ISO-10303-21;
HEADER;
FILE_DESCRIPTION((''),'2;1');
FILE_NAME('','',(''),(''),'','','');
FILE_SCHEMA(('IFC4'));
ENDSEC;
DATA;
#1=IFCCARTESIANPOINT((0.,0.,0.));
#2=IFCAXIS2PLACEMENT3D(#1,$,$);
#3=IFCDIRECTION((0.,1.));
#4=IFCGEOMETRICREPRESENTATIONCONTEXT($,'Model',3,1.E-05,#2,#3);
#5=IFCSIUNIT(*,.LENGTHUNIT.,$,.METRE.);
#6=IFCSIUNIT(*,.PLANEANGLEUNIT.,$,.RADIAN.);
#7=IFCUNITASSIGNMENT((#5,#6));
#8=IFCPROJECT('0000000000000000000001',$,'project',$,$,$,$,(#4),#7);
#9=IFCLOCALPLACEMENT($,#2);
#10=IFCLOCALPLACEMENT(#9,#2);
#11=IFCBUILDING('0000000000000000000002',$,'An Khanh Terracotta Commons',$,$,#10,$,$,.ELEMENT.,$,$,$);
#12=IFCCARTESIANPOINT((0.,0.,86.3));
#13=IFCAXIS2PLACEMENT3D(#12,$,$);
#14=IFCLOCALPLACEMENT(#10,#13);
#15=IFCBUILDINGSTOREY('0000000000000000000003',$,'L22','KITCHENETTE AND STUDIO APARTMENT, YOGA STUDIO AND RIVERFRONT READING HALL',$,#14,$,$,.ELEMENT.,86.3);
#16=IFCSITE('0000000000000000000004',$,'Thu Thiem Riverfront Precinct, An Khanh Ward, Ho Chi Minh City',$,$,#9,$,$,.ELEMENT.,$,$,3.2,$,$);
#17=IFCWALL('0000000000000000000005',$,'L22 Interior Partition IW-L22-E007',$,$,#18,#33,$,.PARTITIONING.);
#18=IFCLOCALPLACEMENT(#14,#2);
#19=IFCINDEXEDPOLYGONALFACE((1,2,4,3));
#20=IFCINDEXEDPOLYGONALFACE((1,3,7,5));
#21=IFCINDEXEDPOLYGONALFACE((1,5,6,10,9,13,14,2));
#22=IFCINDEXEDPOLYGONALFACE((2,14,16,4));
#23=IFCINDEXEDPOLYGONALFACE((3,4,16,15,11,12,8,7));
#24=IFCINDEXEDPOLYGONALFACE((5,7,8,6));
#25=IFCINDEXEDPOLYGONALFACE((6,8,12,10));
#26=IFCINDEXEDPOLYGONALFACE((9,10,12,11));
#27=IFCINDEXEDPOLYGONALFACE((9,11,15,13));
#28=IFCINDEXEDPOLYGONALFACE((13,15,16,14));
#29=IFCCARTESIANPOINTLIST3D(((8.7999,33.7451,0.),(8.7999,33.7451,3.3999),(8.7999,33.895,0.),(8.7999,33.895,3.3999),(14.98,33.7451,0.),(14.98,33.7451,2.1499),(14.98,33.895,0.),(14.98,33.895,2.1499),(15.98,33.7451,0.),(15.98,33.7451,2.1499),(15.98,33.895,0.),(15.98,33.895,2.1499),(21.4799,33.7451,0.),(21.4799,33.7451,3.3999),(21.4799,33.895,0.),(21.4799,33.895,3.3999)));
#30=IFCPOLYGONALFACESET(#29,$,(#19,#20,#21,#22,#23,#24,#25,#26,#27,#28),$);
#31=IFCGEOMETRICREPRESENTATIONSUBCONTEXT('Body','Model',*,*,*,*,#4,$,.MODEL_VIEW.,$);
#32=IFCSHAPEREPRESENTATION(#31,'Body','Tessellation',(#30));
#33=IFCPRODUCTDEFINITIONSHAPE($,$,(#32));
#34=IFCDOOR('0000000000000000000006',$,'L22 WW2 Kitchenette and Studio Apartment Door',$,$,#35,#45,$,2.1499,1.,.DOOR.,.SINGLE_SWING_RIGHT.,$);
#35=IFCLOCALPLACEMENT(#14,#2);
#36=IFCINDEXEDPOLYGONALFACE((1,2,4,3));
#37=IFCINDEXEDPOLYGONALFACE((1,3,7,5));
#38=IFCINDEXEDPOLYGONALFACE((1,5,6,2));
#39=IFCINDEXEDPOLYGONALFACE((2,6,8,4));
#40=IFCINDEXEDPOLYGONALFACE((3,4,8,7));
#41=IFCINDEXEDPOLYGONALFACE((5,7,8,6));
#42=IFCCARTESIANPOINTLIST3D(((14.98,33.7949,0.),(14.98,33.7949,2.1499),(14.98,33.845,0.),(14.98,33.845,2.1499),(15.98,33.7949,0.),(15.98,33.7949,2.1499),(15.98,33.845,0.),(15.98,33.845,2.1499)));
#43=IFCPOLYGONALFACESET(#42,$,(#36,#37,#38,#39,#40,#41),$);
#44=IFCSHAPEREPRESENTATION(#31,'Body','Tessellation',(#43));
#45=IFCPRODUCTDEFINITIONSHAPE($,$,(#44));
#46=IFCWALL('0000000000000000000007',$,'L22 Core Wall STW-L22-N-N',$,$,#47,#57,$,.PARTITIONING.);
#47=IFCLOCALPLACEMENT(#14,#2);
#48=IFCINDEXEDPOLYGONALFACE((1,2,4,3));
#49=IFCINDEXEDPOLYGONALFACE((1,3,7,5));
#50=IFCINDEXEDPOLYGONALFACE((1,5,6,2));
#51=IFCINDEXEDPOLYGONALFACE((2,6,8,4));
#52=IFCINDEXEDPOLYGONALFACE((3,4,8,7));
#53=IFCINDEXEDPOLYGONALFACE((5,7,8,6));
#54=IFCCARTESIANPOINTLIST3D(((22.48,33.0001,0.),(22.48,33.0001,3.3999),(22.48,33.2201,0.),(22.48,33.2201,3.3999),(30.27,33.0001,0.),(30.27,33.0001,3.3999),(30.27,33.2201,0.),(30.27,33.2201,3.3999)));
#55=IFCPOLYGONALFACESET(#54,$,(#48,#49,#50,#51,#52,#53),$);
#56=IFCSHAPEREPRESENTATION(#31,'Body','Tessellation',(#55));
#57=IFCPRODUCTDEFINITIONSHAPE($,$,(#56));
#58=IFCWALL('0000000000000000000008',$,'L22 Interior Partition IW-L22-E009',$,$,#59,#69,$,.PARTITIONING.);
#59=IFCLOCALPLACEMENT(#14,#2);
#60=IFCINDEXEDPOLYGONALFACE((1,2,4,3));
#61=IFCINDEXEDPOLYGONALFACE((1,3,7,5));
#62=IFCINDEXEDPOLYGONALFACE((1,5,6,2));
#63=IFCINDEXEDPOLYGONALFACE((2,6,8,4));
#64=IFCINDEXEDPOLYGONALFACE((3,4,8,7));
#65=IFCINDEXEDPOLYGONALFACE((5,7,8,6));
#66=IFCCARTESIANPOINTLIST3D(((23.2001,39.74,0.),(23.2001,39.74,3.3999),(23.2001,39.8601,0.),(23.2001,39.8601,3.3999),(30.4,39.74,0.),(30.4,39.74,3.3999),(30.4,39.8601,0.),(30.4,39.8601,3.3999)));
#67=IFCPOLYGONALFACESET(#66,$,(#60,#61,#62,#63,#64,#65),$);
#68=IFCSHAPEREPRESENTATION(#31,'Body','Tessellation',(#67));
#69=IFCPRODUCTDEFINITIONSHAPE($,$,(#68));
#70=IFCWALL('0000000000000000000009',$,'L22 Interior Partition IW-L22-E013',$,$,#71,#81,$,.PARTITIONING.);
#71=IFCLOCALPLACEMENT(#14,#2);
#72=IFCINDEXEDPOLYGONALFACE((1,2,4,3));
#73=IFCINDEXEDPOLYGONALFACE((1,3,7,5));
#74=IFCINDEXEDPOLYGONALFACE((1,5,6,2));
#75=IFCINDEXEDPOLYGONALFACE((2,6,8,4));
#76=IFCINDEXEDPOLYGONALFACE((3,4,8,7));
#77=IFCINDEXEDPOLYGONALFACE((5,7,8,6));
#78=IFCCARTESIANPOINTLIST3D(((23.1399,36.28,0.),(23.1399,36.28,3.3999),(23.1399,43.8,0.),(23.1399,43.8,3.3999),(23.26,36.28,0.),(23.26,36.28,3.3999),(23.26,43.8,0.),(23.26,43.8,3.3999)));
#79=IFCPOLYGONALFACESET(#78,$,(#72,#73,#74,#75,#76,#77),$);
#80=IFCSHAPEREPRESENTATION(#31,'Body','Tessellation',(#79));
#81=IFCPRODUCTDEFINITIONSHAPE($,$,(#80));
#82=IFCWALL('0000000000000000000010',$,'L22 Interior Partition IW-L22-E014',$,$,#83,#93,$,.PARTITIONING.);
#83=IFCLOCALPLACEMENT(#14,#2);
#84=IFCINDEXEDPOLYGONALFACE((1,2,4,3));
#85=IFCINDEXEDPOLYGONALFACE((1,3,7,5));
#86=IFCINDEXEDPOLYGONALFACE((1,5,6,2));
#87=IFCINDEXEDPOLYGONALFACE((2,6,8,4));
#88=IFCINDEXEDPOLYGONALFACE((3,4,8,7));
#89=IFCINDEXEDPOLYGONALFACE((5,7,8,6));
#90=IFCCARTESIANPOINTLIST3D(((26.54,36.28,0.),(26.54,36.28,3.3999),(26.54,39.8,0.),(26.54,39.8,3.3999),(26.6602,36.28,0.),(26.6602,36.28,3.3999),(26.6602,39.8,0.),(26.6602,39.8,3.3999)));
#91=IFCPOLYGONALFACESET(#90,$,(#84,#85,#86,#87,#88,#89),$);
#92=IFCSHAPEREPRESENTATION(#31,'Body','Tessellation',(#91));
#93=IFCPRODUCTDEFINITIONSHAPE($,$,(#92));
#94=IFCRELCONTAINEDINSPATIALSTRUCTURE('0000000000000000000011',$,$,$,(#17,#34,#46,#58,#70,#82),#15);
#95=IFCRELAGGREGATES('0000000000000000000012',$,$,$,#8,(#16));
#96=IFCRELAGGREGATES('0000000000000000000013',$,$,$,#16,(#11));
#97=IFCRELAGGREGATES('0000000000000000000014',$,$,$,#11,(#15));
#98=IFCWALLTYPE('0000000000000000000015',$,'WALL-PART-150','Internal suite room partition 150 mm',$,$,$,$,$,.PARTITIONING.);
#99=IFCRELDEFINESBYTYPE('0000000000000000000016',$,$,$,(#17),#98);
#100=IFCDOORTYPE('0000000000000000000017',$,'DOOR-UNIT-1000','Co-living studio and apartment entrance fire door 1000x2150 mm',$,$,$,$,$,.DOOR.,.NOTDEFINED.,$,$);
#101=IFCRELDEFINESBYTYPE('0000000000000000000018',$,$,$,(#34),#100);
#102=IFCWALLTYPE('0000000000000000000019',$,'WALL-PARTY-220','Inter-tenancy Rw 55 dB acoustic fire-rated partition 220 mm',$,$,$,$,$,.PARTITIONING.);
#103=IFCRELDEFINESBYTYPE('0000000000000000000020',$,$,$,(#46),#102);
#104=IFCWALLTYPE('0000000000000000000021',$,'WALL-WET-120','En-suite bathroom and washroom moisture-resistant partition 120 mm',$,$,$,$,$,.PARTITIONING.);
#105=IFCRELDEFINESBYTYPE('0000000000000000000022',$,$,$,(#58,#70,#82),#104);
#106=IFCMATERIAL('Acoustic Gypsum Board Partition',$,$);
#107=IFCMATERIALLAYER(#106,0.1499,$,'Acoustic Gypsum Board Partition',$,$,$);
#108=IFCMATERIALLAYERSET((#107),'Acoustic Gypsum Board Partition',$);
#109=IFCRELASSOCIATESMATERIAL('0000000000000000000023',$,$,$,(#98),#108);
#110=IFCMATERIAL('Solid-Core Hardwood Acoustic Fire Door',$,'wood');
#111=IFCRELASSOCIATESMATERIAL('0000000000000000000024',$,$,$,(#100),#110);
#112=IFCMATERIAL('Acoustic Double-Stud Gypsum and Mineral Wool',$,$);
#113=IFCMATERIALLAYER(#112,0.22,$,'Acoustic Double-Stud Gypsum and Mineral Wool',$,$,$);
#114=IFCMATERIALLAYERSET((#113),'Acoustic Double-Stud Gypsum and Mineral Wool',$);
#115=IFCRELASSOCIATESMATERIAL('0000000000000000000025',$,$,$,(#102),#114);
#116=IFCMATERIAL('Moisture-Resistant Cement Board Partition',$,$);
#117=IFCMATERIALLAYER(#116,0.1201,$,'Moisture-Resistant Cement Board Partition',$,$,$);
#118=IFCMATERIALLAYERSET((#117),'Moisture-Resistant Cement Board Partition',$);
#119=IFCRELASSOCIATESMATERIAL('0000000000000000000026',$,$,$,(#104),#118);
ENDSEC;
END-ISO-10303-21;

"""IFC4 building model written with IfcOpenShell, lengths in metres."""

from ifc_helpers import new_model, si_unit, direction, frame, frame_2d, origin, place, context, subcontext, project, spatial, rectangle, extrude, material, layer, layer_set, type_object, element, fill, save


model = new_model("IFC4")

# Units and contexts
model_context = context("Model", 3, precision=1e-05, world=origin(), true_north=direction((0.0, 1.0)))
body_context = subcontext(model_context, "Body", "Model", "MODEL_VIEW")
ifc_project = project(units=[si_unit("LENGTHUNIT", "METRE"), si_unit("PLANEANGLEUNIT", "RADIAN")], contexts=[model_context])

# Site, building, storey
site_placement = place(None, origin())
site = spatial("IfcSite", under=ifc_project, at=site_placement, Name="Thu Thiem Riverfront Precinct, An Khanh Ward, Ho Chi Minh City", CompositionType="ELEMENT", RefElevation=3.2)
building_placement = place(site_placement, origin())
building = spatial("IfcBuilding", under=site, at=building_placement, Name="An Khanh Terracotta Commons", CompositionType="ELEMENT")
storey_placement = place(building_placement, frame((0.0, 0.0, 86.3)))
storey = spatial("IfcBuildingStorey", under=building, at=storey_placement, Name="L22", Description="KITCHENETTE AND STUDIO APARTMENT, YOGA STUDIO AND RIVERFRONT READING HALL", CompositionType="ELEMENT", Elevation=86.3)

# Wall, opening, door
ifc_material_1 = material(Name="Acoustic Gypsum Board Partition")
ifc_layer_1 = layer(ifc_material_1, 0.1499, Name="Acoustic Gypsum Board Partition")
ifc_layer_set_1 = layer_set([ifc_layer_1], Name="Acoustic Gypsum Board Partition")
wall_type_1 = type_object("IfcWallType", Name="WALL-PART-150", Description="Internal suite room partition 150 mm", PredefinedType="PARTITIONING", material=ifc_layer_set_1)
wall_1_placement = place(storey_placement, frame((8.8, 33.8201, 0.0), z_axis=(0.0, 0.0, 1.0), x_axis=(1.0, 0.0, 0.0)))
wall_1 = element("IfcWall", 1, at=wall_1_placement, inside=storey, type_object=wall_type_1, Name="L22 Interior Partition IW-L22-E007", PredefinedType="PARTITIONING", context=body_context, shape_type="SweptSolid", body=[
    extrude(rectangle(XDim=12.6799, YDim=0.1499, at=frame_2d((6.3398, 0.0))), origin(), (0.0, 0.0, 1.0), 3.3999),
])
opening_1_placement = place(wall_1_placement, frame((6.1799, 0.0, 0.0)))
opening_1 = element("IfcOpeningElement", 2, at=opening_1_placement, cuts=wall_1, PredefinedType="OPENING", context=body_context, shape_type="SweptSolid", body=[
    extrude(rectangle(XDim=1.0, YDim=2.1499, at=frame_2d((0.5, 1.075))), frame((0.0, 0.085, 0.0), z_axis=(0.0, -1.0, 0.0), x_axis=(1.0, 0.0, 0.0)), (0.0, 0.0, 1.0), 0.1699),
])
ifc_material_2 = material(Name="Solid-Core Hardwood Acoustic Fire Door", Category="wood")
door_type_1 = type_object("IfcDoorType", Name="DOOR-UNIT-1000", Description="Co-living studio and apartment entrance fire door 1000x2150 mm", OperationType="NOTDEFINED", PredefinedType="DOOR", material=ifc_material_2)
door_1_placement = place(opening_1_placement, origin())
door_1 = element("IfcDoor", 3, at=door_1_placement, inside=storey, type_object=door_type_1, Name="L22 WW2 Kitchenette and Studio Apartment Door", OperationType="SINGLE_SWING_RIGHT", OverallHeight=2.1499, OverallWidth=1.0, PredefinedType="DOOR", context=body_context, shape_type="SweptSolid", body=[
    extrude(rectangle(XDim=1.0, YDim=2.1499, at=frame_2d((0.5, 1.075))), frame((0.0, 0.0249, 0.0), z_axis=(0.0, -1.0, 0.0), x_axis=(1.0, 0.0, 0.0)), (0.0, 0.0, 1.0), 0.05),
])
fill(opening_1, door_1)

# Walls
ifc_material_3 = material(Name="Acoustic Double-Stud Gypsum and Mineral Wool")
ifc_layer_2 = layer(ifc_material_3, 0.22, Name="Acoustic Double-Stud Gypsum and Mineral Wool")
ifc_layer_set_2 = layer_set([ifc_layer_2], Name="Acoustic Double-Stud Gypsum and Mineral Wool")
wall_type_2 = type_object("IfcWallType", Name="WALL-PARTY-220", Description="Inter-tenancy Rw 55 dB acoustic fire-rated partition 220 mm", PredefinedType="PARTITIONING", material=ifc_layer_set_2)
wall_2_placement = place(storey_placement, frame((22.48, 33.1101, 0.0), z_axis=(0.0, 0.0, 1.0), x_axis=(1.0, 0.0, 0.0)))
element("IfcWall", 4, at=wall_2_placement, inside=storey, type_object=wall_type_2, Name="L22 Core Wall STW-L22-N-N", PredefinedType="PARTITIONING", context=body_context, shape_type="SweptSolid", body=[
    extrude(rectangle(XDim=7.79, YDim=0.22, at=frame_2d((3.895, 0.0))), origin(), (0.0, 0.0, 1.0), 3.3999),
])
ifc_material_4 = material(Name="Moisture-Resistant Cement Board Partition")
ifc_layer_3 = layer(ifc_material_4, 0.1201, Name="Moisture-Resistant Cement Board Partition")
ifc_layer_set_3 = layer_set([ifc_layer_3], Name="Moisture-Resistant Cement Board Partition")
wall_type_3 = type_object("IfcWallType", Name="WALL-WET-120", Description="En-suite bathroom and washroom moisture-resistant partition 120 mm", PredefinedType="PARTITIONING", material=ifc_layer_set_3)
wall_3_placement = place(storey_placement, frame((23.2, 39.8, 0.0), z_axis=(0.0, 0.0, 1.0), x_axis=(1.0, 0.0, 0.0)))
element("IfcWall", 5, at=wall_3_placement, inside=storey, type_object=wall_type_3, Name="L22 Interior Partition IW-L22-E009", PredefinedType="PARTITIONING", context=body_context, shape_type="SweptSolid", body=[
    extrude(rectangle(XDim=7.2, YDim=0.1201, at=frame_2d((3.6001, 0.0))), origin(), (0.0, 0.0, 1.0), 3.3999),
])
wall_4_placement = place(storey_placement, frame((23.2, 36.28, 0.0), z_axis=(0.0, 0.0, 1.0), x_axis=(0.0, 1.0, 0.0)))
element("IfcWall", 6, at=wall_4_placement, inside=storey, type_object=wall_type_3, Name="L22 Interior Partition IW-L22-E013", PredefinedType="PARTITIONING", context=body_context, shape_type="SweptSolid", body=[
    extrude(rectangle(XDim=7.52, YDim=0.1201, at=frame_2d((3.76, 0.0))), origin(), (0.0, 0.0, 1.0), 3.3999),
])
wall_5_placement = place(storey_placement, frame((26.6001, 36.28, 0.0), z_axis=(0.0, 0.0, 1.0), x_axis=(0.0, 1.0, 0.0)))
element("IfcWall", 7, at=wall_5_placement, inside=storey, type_object=wall_type_3, Name="L22 Interior Partition IW-L22-E014", PredefinedType="PARTITIONING", context=body_context, shape_type="SweptSolid", body=[
    extrude(rectangle(XDim=3.52, YDim=0.1201, at=frame_2d((1.76, 0.0))), origin(), (0.0, 0.0, 1.0), 3.3999),
])

save(model, "model.ifc")
